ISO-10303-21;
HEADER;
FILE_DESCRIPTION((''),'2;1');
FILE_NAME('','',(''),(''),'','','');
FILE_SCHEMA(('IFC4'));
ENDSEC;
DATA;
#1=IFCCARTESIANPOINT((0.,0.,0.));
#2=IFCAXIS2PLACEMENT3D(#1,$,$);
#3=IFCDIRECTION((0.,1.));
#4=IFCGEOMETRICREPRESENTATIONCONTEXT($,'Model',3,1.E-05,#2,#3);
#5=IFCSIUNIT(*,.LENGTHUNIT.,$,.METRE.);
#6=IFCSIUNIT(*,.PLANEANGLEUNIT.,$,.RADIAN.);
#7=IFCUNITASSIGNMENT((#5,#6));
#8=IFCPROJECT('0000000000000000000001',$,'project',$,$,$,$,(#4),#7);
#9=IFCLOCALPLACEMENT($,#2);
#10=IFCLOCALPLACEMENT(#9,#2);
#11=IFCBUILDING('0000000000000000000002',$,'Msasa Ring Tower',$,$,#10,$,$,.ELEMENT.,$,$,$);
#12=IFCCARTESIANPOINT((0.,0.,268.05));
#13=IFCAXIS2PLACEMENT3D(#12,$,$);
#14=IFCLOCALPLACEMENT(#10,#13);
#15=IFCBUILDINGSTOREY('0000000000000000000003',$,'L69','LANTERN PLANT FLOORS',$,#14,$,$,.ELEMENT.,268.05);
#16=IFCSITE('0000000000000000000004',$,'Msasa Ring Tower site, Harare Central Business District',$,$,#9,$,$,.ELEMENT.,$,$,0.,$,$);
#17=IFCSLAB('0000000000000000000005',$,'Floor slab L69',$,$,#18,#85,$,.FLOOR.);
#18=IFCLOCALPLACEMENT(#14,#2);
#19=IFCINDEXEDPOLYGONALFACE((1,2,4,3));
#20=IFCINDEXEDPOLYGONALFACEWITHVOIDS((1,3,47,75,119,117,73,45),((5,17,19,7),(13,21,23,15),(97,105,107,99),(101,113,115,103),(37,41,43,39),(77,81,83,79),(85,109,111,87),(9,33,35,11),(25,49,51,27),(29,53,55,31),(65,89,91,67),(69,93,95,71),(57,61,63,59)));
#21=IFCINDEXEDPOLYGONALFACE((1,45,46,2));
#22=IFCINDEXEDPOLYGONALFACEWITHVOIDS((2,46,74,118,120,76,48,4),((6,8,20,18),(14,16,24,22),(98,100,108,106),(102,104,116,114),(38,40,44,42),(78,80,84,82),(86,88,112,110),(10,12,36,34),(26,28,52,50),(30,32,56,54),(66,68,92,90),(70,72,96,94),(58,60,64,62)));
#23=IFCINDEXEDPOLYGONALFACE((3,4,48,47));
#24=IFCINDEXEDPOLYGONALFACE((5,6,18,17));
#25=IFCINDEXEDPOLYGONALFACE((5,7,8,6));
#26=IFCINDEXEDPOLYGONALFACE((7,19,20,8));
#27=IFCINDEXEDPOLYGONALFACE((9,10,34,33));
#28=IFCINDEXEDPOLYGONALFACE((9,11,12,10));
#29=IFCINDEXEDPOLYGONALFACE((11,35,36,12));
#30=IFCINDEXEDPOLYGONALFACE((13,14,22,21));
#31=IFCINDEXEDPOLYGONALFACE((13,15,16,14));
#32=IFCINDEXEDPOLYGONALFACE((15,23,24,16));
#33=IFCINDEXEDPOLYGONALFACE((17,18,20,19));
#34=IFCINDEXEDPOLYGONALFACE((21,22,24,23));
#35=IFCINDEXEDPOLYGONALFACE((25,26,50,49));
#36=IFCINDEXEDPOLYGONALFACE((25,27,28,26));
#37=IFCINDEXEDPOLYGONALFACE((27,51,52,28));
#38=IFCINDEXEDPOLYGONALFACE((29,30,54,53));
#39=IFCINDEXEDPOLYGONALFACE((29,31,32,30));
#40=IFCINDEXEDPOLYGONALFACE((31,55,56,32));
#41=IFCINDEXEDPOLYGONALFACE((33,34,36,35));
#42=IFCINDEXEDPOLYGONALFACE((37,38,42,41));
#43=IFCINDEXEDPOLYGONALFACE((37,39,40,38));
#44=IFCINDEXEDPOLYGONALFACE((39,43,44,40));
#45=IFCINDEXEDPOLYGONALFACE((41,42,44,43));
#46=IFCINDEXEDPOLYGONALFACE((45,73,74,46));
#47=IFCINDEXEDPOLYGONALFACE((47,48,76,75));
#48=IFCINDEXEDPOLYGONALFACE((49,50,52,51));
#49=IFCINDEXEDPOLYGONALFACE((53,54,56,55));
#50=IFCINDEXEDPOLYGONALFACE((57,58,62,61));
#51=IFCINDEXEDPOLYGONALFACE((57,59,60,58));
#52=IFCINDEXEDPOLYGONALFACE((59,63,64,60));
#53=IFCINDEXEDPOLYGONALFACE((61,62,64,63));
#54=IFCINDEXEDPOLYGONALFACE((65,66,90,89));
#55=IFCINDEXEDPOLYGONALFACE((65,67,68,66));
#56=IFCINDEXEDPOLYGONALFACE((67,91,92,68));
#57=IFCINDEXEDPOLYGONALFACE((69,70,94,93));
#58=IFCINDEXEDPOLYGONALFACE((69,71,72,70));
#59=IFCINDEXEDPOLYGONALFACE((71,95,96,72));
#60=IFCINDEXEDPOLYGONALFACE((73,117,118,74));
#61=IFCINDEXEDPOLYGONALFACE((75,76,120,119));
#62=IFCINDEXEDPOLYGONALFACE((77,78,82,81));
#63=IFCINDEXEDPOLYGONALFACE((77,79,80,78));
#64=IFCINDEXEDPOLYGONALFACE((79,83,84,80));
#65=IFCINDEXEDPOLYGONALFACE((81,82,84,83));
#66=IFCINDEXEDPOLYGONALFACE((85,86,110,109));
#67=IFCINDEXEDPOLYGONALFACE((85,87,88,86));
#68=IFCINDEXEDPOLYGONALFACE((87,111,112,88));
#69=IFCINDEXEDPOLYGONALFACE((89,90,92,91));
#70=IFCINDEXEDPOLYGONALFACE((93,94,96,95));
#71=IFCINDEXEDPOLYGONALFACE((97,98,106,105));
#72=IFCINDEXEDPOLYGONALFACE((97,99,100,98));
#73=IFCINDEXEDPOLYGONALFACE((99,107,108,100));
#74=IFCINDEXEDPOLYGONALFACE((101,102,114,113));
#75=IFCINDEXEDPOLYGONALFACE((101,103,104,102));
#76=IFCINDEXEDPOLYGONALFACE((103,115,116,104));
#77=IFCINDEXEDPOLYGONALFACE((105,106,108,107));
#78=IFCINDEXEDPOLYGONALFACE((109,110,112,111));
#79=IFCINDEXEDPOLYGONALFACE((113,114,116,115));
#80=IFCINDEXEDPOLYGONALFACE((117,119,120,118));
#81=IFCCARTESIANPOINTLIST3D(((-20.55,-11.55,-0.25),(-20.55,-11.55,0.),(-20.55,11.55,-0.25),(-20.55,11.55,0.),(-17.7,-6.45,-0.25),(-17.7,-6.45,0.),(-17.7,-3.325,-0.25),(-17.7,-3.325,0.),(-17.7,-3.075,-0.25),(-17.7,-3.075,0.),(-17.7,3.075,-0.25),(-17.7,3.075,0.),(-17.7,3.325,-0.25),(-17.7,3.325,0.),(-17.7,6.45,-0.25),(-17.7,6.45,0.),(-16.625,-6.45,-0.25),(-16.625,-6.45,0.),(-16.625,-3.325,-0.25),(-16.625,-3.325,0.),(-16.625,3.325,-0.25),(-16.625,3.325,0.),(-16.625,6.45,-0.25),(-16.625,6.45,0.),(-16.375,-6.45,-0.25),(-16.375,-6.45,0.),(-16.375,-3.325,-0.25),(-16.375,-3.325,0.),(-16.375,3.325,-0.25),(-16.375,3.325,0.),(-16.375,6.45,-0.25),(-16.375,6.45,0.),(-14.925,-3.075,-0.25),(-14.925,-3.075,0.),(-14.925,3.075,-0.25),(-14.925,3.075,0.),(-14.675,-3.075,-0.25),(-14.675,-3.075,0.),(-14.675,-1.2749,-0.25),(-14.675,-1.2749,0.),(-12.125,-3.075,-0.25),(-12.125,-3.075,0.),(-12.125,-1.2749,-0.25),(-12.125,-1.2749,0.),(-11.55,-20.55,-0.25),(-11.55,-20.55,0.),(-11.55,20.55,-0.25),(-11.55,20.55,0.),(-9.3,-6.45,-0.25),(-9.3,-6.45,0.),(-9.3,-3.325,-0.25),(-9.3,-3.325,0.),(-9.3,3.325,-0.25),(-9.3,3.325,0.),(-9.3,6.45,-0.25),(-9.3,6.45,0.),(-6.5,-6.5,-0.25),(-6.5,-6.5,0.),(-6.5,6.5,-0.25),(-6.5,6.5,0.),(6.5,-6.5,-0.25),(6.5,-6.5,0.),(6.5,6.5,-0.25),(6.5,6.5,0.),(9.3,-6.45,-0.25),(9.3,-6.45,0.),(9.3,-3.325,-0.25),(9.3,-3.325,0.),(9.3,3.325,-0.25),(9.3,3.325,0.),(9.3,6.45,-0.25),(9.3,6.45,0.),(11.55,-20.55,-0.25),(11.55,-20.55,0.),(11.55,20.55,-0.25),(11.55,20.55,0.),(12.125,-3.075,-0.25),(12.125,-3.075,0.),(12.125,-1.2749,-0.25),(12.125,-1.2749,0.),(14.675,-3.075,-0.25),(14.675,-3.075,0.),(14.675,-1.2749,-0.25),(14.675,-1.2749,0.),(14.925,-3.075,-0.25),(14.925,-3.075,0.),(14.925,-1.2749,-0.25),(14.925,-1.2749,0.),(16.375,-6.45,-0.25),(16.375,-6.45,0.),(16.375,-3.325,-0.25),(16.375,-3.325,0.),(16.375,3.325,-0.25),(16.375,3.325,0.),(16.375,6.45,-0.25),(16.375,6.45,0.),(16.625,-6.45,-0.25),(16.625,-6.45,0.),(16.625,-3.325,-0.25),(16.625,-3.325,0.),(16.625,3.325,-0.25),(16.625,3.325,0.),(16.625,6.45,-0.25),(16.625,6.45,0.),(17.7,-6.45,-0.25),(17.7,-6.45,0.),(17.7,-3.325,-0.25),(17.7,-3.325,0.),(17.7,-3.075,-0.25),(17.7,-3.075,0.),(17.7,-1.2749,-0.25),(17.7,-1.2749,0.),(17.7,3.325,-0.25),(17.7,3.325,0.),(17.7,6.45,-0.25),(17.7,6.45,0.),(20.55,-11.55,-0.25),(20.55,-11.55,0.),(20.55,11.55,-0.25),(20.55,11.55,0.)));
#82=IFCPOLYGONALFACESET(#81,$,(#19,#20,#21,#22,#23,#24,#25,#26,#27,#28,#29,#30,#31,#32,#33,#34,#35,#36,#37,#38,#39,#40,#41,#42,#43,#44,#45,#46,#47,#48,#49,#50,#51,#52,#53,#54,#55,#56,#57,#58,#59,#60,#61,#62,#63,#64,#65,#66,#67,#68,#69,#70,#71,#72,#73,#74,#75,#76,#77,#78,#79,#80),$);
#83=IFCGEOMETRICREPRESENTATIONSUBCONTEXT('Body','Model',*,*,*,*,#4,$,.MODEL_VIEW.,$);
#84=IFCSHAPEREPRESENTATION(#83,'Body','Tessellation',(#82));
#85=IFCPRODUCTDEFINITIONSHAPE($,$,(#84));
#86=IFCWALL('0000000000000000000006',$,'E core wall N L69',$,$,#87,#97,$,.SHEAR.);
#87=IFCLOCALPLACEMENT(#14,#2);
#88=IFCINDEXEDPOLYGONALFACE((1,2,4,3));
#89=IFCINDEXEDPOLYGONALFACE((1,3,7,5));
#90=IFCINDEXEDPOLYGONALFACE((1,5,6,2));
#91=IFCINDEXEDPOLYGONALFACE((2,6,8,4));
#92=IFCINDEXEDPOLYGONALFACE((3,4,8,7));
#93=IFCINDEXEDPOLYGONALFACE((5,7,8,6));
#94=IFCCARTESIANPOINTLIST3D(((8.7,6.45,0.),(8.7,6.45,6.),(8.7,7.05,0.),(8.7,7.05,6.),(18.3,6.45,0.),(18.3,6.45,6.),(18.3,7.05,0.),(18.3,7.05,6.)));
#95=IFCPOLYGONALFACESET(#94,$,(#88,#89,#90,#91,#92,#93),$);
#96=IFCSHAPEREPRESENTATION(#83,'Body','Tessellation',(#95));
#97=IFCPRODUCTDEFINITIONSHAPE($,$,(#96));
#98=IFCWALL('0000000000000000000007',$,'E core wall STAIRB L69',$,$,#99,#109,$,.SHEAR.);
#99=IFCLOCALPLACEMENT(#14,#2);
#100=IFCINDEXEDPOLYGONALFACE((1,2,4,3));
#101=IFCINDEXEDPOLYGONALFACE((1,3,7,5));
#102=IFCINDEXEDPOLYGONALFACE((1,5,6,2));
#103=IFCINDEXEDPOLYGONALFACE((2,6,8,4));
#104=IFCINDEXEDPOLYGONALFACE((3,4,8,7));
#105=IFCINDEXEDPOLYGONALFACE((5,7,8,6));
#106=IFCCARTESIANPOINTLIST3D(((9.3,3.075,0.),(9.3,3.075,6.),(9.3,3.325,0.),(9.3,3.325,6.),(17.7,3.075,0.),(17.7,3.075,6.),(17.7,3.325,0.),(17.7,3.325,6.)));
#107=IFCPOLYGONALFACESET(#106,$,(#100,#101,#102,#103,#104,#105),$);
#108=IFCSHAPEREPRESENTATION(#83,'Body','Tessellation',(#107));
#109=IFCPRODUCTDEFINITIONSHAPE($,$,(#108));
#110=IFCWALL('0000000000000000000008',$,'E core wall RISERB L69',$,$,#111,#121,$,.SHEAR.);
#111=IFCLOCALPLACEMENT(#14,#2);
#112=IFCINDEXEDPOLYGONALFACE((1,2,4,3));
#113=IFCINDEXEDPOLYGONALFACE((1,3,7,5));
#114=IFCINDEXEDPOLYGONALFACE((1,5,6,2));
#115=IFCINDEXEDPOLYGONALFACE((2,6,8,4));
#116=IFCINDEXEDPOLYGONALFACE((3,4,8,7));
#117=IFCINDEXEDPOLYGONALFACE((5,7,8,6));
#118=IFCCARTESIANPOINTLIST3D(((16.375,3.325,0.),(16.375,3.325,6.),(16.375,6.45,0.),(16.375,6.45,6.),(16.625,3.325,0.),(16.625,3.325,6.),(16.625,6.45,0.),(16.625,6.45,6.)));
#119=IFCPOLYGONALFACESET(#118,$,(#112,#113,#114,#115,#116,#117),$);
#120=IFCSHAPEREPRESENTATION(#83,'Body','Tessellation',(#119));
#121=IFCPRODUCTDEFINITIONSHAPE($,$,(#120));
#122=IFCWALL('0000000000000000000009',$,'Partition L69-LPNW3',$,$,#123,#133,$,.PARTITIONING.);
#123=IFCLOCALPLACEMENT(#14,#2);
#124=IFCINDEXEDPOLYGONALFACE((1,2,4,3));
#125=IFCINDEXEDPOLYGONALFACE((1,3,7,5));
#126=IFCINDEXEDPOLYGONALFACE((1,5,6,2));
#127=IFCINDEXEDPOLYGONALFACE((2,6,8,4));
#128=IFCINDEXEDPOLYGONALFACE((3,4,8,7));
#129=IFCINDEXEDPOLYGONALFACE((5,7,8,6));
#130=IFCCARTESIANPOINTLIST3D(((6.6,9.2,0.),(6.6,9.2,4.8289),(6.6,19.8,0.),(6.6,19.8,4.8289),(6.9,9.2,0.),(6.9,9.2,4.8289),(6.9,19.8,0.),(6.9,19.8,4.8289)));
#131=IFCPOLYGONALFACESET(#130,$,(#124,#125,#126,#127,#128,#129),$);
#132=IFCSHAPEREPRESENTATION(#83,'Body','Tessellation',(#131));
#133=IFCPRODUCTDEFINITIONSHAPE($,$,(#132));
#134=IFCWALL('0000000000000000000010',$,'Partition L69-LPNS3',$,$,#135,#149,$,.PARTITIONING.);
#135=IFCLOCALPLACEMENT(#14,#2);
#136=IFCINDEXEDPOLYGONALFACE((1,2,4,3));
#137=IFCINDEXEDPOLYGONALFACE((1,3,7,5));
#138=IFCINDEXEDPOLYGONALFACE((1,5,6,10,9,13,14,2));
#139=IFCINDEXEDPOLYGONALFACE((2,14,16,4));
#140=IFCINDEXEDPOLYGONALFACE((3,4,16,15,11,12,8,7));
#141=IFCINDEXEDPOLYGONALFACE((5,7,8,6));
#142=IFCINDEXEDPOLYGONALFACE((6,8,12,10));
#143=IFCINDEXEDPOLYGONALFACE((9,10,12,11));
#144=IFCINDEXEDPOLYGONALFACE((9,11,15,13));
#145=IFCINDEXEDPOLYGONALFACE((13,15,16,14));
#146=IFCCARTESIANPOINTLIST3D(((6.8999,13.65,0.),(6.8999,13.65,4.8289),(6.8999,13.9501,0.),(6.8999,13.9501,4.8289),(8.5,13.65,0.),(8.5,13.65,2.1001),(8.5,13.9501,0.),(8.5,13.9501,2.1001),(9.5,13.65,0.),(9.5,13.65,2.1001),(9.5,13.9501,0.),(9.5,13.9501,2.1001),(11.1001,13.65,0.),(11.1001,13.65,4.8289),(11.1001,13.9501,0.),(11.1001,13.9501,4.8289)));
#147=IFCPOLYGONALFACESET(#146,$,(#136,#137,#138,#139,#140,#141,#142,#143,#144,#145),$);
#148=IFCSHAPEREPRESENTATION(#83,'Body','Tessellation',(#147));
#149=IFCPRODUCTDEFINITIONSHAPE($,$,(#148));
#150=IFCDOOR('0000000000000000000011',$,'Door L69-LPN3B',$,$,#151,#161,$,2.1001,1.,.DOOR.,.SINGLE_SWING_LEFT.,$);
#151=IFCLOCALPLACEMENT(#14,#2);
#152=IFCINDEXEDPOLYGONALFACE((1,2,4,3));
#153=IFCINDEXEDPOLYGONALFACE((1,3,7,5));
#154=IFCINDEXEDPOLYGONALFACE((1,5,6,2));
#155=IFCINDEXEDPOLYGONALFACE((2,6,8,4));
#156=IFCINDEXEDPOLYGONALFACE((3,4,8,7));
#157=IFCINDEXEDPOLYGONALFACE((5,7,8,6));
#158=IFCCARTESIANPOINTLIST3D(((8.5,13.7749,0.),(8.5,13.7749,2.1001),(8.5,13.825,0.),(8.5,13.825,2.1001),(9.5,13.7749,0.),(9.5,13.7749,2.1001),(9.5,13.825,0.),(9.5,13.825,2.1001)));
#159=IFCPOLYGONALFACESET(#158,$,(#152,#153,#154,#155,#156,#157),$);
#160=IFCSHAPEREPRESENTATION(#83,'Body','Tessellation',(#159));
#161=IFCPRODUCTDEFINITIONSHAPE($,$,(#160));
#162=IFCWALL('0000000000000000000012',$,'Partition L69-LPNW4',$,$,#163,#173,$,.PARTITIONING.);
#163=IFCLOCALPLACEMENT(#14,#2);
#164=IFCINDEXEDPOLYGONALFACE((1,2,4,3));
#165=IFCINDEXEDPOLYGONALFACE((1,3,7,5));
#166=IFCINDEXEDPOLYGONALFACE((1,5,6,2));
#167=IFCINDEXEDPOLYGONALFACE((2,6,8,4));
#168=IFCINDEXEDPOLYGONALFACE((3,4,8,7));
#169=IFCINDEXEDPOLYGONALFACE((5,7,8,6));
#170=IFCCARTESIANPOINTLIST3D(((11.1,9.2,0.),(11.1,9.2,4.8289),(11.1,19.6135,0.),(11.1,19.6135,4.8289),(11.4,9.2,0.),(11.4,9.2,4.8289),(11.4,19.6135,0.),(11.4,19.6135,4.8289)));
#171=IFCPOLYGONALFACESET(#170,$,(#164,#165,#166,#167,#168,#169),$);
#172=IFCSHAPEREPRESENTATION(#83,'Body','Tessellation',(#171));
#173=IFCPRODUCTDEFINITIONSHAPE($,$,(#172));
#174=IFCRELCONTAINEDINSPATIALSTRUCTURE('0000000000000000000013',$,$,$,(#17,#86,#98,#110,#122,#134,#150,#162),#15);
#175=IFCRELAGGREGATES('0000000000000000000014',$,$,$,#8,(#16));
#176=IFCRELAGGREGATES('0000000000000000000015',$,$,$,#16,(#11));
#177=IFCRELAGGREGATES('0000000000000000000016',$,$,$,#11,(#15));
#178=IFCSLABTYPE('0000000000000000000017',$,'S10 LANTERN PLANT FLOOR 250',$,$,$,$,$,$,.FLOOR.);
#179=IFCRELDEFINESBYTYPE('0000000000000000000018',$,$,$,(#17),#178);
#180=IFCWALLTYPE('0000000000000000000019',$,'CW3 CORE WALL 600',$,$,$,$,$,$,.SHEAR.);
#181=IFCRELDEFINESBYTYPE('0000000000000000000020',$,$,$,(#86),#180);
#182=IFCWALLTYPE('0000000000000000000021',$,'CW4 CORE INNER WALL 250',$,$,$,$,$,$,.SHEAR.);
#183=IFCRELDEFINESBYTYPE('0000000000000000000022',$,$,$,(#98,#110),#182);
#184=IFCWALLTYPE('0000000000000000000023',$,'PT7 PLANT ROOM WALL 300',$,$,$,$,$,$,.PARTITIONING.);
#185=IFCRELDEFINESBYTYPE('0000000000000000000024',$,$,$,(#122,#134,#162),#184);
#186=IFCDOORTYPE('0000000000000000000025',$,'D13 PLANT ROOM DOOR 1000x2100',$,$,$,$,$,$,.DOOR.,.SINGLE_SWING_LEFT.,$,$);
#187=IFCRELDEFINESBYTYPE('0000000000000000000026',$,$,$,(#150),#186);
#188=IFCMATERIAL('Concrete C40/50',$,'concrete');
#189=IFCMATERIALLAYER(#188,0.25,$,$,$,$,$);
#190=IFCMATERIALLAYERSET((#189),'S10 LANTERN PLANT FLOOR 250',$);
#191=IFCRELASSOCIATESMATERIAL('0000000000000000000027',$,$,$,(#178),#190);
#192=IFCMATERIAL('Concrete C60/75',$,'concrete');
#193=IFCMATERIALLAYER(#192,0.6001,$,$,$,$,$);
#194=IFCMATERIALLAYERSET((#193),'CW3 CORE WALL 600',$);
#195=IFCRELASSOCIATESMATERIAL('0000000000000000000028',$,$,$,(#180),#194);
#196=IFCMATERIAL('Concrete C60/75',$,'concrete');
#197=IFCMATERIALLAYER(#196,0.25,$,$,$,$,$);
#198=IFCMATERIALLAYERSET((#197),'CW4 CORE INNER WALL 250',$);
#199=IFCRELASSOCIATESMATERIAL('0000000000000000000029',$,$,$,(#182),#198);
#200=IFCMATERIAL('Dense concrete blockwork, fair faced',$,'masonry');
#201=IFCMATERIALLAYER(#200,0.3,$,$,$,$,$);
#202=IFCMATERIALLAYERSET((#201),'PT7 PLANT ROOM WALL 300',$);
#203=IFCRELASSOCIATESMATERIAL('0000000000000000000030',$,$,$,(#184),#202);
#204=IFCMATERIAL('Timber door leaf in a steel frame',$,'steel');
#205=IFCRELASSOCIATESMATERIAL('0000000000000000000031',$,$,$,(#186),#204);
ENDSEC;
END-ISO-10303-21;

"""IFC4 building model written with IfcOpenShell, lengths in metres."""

from ifc_helpers import new_model, si_unit, direction, frame, frame_2d, origin, place, context, subcontext, project, spatial, polyline, rectangle, outline, extrude, material, layer, layer_set, type_object, element, fill, save


model = new_model("IFC4")

# Units and contexts
model_context = context("Model", 3, precision=1e-05, world=origin(), true_north=direction((0.0, 1.0)))
body_context = subcontext(model_context, "Body", "Model", "MODEL_VIEW")
ifc_project = project(units=[si_unit("LENGTHUNIT", "METRE"), si_unit("PLANEANGLEUNIT", "RADIAN")], contexts=[model_context])

# Site, building, storey
site_placement = place(None, origin())
site = spatial("IfcSite", under=ifc_project, at=site_placement, Name="Msasa Ring Tower site, Harare Central Business District", CompositionType="ELEMENT", RefElevation=0.0)
building_placement = place(site_placement, origin())
building = spatial("IfcBuilding", under=site, at=building_placement, Name="Msasa Ring Tower", CompositionType="ELEMENT")
storey_placement = place(building_placement, frame((0.0, 0.0, 268.05)))
storey = spatial("IfcBuildingStorey", under=building, at=storey_placement, Name="L69", Description="LANTERN PLANT FLOORS", CompositionType="ELEMENT", Elevation=268.05)

# Slab
ifc_material_1 = material(Name="Concrete C40/50", Category="concrete")
ifc_layer_1 = layer(ifc_material_1, 0.25)
ifc_layer_set_1 = layer_set([ifc_layer_1], Name="S10 LANTERN PLANT FLOOR 250")
slab_type = type_object("IfcSlabType", Name="S10 LANTERN PLANT FLOOR 250", PredefinedType="FLOOR", material=ifc_layer_set_1)
slab_placement = place(storey_placement, frame((0.0, 0.0, -0.25)))
element("IfcSlab", 1, at=slab_placement, inside=storey, type_object=slab_type, Name="Floor slab L69", PredefinedType="FLOOR", context=body_context, shape_type="SweptSolid", body=[
    extrude(outline(polyline([(-11.55, -20.55), (11.55, -20.55), (20.55, -11.55), (20.55, 11.55), (11.55, 20.55), (-11.55, 20.55), (-20.55, 11.55), (-20.55, -11.55), (-11.55, -20.55)]), holes=[polyline([(-6.5, -6.5), (6.5, -6.5), (6.5, 6.5), (-6.5, 6.5), (-6.5, -6.5)]), polyline([(9.3, -6.45), (16.375, -6.45), (16.375, -3.325), (9.3, -3.325), (9.3, -6.45)]), polyline([(9.3, 3.325), (16.375, 3.325), (16.375, 6.45), (9.3, 6.45), (9.3, 3.325)]), polyline([(12.125, -3.075), (14.675, -3.075), (14.675, -1.2749), (12.125, -1.2749), (12.125, -3.075)]), polyline([(16.625, -6.45), (17.7, -6.45), (17.7, -3.325), (16.625, -3.325), (16.625, -6.45)]), polyline([(16.625, 3.325), (17.7, 3.325), (17.7, 6.45), (16.625, 6.45), (16.625, 3.325)]), polyline([(14.925, -3.075), (17.7, -3.075), (17.7, -1.2749), (14.925, -1.2749), (14.925, -3.075)]), polyline([(-16.375, -6.45), (-9.3, -6.45), (-9.3, -3.325), (-16.375, -3.325), (-16.375, -6.45)]), polyline([(-16.375, 3.325), (-9.3, 3.325), (-9.3, 6.45), (-16.375, 6.45), (-16.375, 3.325)]), polyline([(-14.675, -3.075), (-12.125, -3.075), (-12.125, -1.2749), (-14.675, -1.2749), (-14.675, -3.075)]), polyline([(-17.7, -6.45), (-16.625, -6.45), (-16.625, -3.325), (-17.7, -3.325), (-17.7, -6.45)]), polyline([(-17.7, 3.325), (-16.625, 3.325), (-16.625, 6.45), (-17.7, 6.45), (-17.7, 3.325)]), polyline([(-17.7, -3.075), (-14.925, -3.075), (-14.925, 3.075), (-17.7, 3.075), (-17.7, -3.075)])]), origin(), (0.0, 0.0, 1.0), 0.25),
])

# Walls
ifc_material_2 = material(Name="Concrete C60/75", Category="concrete")
ifc_layer_2 = layer(ifc_material_2, 0.6001)
ifc_layer_set_2 = layer_set([ifc_layer_2], Name="CW3 CORE WALL 600")
wall_type_1 = type_object("IfcWallType", Name="CW3 CORE WALL 600", PredefinedType="SHEAR", material=ifc_layer_set_2)
wall_1_placement = place(storey_placement, frame((8.7, 6.75, 0.0), z_axis=(0.0, 0.0, 1.0), x_axis=(1.0, 0.0, 0.0)))
element("IfcWall", 2, at=wall_1_placement, inside=storey, type_object=wall_type_1, Name="E core wall N L69", PredefinedType="SHEAR", context=body_context, shape_type="SweptSolid", body=[
    extrude(rectangle(XDim=9.6001, YDim=0.6001, at=frame_2d((4.8, 0.0))), origin(), (0.0, 0.0, 1.0), 6.0),
])
ifc_material_3 = material(Name="Concrete C60/75", Category="concrete")
ifc_layer_3 = layer(ifc_material_3, 0.25)
ifc_layer_set_3 = layer_set([ifc_layer_3], Name="CW4 CORE INNER WALL 250")
wall_type_2 = type_object("IfcWallType", Name="CW4 CORE INNER WALL 250", PredefinedType="SHEAR", material=ifc_layer_set_3)
wall_2_placement = place(storey_placement, frame((9.3, 3.2, 0.0), z_axis=(0.0, 0.0, 1.0), x_axis=(1.0, 0.0, 0.0)))
element("IfcWall", 3, at=wall_2_placement, inside=storey, type_object=wall_type_2, Name="E core wall STAIRB L69", PredefinedType="SHEAR", context=body_context, shape_type="SweptSolid", body=[
    extrude(rectangle(XDim=8.3999, YDim=0.25, at=frame_2d((4.2, 0.0))), origin(), (0.0, 0.0, 1.0), 6.0),
])
wall_3_placement = place(storey_placement, frame((16.5, 3.325, 0.0), z_axis=(0.0, 0.0, 1.0), x_axis=(0.0, 1.0, 0.0)))
element("IfcWall", 4, at=wall_3_placement, inside=storey, type_object=wall_type_2, Name="E core wall RISERB L69", PredefinedType="SHEAR", context=body_context, shape_type="SweptSolid", body=[
    extrude(rectangle(XDim=3.125, YDim=0.25, at=frame_2d((1.5625, 0.0))), origin(), (0.0, 0.0, 1.0), 6.0),
])
ifc_material_4 = material(Name="Dense concrete blockwork, fair faced", Category="masonry")
ifc_layer_4 = layer(ifc_material_4, 0.3)
ifc_layer_set_4 = layer_set([ifc_layer_4], Name="PT7 PLANT ROOM WALL 300")
wall_type_3 = type_object("IfcWallType", Name="PT7 PLANT ROOM WALL 300", PredefinedType="PARTITIONING", material=ifc_layer_set_4)
wall_4_placement = place(storey_placement, frame((6.75, 9.2, 0.0), z_axis=(0.0, 0.0, 1.0), x_axis=(0.0, 1.0, 0.0)))
element("IfcWall", 5, at=wall_4_placement, inside=storey, type_object=wall_type_3, Name="Partition L69-LPNW3", PredefinedType="PARTITIONING", context=body_context, shape_type="SweptSolid", body=[
    extrude(rectangle(XDim=10.6001, YDim=0.3, at=frame_2d((5.3, 0.0))), origin(), (0.0, 0.0, 1.0), 4.8289),
])

# Wall, opening, door
wall_5_placement = place(storey_placement, frame((6.8999, 13.8, 0.0), z_axis=(0.0, 0.0, 1.0), x_axis=(1.0, 0.0, 0.0)))
wall_5 = element("IfcWall", 6, at=wall_5_placement, inside=storey, type_object=wall_type_3, Name="Partition L69-LPNS3", PredefinedType="PARTITIONING", context=body_context, shape_type="SweptSolid", body=[
    extrude(rectangle(XDim=4.2002, YDim=0.3, at=frame_2d((2.1001, 0.0))), origin(), (0.0, 0.0, 1.0), 4.8289),
])
opening_placement = place(wall_5_placement, frame((1.6001, 0.0, 0.0)))
opening = element("IfcOpeningElement", 7, at=opening_placement, cuts=wall_5, PredefinedType="OPENING", context=body_context, shape_type="SweptSolid", body=[
    extrude(rectangle(XDim=1.0, YDim=2.1001, at=frame_2d((0.5, 1.05))), frame((0.0, 0.1599, 0.0), z_axis=(0.0, -1.0, 0.0), x_axis=(1.0, 0.0, 0.0)), (0.0, 0.0, 1.0), 0.3201),
])
ifc_material_5 = material(Name="Timber door leaf in a steel frame", Category="steel")
door_type = type_object("IfcDoorType", Name="D13 PLANT ROOM DOOR 1000x2100", OperationType="SINGLE_SWING_LEFT", PredefinedType="DOOR", material=ifc_material_5)
door_placement = place(opening_placement, origin())
door = element("IfcDoor", 8, at=door_placement, inside=storey, type_object=door_type, Name="Door L69-LPN3B", OperationType="SINGLE_SWING_LEFT", OverallHeight=2.1001, OverallWidth=1.0, PredefinedType="DOOR", context=body_context, shape_type="SweptSolid", body=[
    extrude(rectangle(XDim=1.0, YDim=2.1001, at=frame_2d((0.5, 1.05))), frame((0.0, 0.0249, 0.0), z_axis=(0.0, -1.0, 0.0), x_axis=(1.0, 0.0, 0.0)), (0.0, 0.0, 1.0), 0.05),
])
fill(opening, door)

# Wall
wall_6_placement = place(storey_placement, frame((11.25, 9.2, 0.0), z_axis=(0.0, 0.0, 1.0), x_axis=(0.0, 1.0, 0.0)))
element("IfcWall", 9, at=wall_6_placement, inside=storey, type_object=wall_type_3, Name="Partition L69-LPNW4", PredefinedType="PARTITIONING", context=body_context, shape_type="SweptSolid", body=[
    extrude(rectangle(XDim=10.4136, YDim=0.3, at=frame_2d((5.2068, 0.0))), origin(), (0.0, 0.0, 1.0), 4.8289),
])

save(model, "model.ifc")
